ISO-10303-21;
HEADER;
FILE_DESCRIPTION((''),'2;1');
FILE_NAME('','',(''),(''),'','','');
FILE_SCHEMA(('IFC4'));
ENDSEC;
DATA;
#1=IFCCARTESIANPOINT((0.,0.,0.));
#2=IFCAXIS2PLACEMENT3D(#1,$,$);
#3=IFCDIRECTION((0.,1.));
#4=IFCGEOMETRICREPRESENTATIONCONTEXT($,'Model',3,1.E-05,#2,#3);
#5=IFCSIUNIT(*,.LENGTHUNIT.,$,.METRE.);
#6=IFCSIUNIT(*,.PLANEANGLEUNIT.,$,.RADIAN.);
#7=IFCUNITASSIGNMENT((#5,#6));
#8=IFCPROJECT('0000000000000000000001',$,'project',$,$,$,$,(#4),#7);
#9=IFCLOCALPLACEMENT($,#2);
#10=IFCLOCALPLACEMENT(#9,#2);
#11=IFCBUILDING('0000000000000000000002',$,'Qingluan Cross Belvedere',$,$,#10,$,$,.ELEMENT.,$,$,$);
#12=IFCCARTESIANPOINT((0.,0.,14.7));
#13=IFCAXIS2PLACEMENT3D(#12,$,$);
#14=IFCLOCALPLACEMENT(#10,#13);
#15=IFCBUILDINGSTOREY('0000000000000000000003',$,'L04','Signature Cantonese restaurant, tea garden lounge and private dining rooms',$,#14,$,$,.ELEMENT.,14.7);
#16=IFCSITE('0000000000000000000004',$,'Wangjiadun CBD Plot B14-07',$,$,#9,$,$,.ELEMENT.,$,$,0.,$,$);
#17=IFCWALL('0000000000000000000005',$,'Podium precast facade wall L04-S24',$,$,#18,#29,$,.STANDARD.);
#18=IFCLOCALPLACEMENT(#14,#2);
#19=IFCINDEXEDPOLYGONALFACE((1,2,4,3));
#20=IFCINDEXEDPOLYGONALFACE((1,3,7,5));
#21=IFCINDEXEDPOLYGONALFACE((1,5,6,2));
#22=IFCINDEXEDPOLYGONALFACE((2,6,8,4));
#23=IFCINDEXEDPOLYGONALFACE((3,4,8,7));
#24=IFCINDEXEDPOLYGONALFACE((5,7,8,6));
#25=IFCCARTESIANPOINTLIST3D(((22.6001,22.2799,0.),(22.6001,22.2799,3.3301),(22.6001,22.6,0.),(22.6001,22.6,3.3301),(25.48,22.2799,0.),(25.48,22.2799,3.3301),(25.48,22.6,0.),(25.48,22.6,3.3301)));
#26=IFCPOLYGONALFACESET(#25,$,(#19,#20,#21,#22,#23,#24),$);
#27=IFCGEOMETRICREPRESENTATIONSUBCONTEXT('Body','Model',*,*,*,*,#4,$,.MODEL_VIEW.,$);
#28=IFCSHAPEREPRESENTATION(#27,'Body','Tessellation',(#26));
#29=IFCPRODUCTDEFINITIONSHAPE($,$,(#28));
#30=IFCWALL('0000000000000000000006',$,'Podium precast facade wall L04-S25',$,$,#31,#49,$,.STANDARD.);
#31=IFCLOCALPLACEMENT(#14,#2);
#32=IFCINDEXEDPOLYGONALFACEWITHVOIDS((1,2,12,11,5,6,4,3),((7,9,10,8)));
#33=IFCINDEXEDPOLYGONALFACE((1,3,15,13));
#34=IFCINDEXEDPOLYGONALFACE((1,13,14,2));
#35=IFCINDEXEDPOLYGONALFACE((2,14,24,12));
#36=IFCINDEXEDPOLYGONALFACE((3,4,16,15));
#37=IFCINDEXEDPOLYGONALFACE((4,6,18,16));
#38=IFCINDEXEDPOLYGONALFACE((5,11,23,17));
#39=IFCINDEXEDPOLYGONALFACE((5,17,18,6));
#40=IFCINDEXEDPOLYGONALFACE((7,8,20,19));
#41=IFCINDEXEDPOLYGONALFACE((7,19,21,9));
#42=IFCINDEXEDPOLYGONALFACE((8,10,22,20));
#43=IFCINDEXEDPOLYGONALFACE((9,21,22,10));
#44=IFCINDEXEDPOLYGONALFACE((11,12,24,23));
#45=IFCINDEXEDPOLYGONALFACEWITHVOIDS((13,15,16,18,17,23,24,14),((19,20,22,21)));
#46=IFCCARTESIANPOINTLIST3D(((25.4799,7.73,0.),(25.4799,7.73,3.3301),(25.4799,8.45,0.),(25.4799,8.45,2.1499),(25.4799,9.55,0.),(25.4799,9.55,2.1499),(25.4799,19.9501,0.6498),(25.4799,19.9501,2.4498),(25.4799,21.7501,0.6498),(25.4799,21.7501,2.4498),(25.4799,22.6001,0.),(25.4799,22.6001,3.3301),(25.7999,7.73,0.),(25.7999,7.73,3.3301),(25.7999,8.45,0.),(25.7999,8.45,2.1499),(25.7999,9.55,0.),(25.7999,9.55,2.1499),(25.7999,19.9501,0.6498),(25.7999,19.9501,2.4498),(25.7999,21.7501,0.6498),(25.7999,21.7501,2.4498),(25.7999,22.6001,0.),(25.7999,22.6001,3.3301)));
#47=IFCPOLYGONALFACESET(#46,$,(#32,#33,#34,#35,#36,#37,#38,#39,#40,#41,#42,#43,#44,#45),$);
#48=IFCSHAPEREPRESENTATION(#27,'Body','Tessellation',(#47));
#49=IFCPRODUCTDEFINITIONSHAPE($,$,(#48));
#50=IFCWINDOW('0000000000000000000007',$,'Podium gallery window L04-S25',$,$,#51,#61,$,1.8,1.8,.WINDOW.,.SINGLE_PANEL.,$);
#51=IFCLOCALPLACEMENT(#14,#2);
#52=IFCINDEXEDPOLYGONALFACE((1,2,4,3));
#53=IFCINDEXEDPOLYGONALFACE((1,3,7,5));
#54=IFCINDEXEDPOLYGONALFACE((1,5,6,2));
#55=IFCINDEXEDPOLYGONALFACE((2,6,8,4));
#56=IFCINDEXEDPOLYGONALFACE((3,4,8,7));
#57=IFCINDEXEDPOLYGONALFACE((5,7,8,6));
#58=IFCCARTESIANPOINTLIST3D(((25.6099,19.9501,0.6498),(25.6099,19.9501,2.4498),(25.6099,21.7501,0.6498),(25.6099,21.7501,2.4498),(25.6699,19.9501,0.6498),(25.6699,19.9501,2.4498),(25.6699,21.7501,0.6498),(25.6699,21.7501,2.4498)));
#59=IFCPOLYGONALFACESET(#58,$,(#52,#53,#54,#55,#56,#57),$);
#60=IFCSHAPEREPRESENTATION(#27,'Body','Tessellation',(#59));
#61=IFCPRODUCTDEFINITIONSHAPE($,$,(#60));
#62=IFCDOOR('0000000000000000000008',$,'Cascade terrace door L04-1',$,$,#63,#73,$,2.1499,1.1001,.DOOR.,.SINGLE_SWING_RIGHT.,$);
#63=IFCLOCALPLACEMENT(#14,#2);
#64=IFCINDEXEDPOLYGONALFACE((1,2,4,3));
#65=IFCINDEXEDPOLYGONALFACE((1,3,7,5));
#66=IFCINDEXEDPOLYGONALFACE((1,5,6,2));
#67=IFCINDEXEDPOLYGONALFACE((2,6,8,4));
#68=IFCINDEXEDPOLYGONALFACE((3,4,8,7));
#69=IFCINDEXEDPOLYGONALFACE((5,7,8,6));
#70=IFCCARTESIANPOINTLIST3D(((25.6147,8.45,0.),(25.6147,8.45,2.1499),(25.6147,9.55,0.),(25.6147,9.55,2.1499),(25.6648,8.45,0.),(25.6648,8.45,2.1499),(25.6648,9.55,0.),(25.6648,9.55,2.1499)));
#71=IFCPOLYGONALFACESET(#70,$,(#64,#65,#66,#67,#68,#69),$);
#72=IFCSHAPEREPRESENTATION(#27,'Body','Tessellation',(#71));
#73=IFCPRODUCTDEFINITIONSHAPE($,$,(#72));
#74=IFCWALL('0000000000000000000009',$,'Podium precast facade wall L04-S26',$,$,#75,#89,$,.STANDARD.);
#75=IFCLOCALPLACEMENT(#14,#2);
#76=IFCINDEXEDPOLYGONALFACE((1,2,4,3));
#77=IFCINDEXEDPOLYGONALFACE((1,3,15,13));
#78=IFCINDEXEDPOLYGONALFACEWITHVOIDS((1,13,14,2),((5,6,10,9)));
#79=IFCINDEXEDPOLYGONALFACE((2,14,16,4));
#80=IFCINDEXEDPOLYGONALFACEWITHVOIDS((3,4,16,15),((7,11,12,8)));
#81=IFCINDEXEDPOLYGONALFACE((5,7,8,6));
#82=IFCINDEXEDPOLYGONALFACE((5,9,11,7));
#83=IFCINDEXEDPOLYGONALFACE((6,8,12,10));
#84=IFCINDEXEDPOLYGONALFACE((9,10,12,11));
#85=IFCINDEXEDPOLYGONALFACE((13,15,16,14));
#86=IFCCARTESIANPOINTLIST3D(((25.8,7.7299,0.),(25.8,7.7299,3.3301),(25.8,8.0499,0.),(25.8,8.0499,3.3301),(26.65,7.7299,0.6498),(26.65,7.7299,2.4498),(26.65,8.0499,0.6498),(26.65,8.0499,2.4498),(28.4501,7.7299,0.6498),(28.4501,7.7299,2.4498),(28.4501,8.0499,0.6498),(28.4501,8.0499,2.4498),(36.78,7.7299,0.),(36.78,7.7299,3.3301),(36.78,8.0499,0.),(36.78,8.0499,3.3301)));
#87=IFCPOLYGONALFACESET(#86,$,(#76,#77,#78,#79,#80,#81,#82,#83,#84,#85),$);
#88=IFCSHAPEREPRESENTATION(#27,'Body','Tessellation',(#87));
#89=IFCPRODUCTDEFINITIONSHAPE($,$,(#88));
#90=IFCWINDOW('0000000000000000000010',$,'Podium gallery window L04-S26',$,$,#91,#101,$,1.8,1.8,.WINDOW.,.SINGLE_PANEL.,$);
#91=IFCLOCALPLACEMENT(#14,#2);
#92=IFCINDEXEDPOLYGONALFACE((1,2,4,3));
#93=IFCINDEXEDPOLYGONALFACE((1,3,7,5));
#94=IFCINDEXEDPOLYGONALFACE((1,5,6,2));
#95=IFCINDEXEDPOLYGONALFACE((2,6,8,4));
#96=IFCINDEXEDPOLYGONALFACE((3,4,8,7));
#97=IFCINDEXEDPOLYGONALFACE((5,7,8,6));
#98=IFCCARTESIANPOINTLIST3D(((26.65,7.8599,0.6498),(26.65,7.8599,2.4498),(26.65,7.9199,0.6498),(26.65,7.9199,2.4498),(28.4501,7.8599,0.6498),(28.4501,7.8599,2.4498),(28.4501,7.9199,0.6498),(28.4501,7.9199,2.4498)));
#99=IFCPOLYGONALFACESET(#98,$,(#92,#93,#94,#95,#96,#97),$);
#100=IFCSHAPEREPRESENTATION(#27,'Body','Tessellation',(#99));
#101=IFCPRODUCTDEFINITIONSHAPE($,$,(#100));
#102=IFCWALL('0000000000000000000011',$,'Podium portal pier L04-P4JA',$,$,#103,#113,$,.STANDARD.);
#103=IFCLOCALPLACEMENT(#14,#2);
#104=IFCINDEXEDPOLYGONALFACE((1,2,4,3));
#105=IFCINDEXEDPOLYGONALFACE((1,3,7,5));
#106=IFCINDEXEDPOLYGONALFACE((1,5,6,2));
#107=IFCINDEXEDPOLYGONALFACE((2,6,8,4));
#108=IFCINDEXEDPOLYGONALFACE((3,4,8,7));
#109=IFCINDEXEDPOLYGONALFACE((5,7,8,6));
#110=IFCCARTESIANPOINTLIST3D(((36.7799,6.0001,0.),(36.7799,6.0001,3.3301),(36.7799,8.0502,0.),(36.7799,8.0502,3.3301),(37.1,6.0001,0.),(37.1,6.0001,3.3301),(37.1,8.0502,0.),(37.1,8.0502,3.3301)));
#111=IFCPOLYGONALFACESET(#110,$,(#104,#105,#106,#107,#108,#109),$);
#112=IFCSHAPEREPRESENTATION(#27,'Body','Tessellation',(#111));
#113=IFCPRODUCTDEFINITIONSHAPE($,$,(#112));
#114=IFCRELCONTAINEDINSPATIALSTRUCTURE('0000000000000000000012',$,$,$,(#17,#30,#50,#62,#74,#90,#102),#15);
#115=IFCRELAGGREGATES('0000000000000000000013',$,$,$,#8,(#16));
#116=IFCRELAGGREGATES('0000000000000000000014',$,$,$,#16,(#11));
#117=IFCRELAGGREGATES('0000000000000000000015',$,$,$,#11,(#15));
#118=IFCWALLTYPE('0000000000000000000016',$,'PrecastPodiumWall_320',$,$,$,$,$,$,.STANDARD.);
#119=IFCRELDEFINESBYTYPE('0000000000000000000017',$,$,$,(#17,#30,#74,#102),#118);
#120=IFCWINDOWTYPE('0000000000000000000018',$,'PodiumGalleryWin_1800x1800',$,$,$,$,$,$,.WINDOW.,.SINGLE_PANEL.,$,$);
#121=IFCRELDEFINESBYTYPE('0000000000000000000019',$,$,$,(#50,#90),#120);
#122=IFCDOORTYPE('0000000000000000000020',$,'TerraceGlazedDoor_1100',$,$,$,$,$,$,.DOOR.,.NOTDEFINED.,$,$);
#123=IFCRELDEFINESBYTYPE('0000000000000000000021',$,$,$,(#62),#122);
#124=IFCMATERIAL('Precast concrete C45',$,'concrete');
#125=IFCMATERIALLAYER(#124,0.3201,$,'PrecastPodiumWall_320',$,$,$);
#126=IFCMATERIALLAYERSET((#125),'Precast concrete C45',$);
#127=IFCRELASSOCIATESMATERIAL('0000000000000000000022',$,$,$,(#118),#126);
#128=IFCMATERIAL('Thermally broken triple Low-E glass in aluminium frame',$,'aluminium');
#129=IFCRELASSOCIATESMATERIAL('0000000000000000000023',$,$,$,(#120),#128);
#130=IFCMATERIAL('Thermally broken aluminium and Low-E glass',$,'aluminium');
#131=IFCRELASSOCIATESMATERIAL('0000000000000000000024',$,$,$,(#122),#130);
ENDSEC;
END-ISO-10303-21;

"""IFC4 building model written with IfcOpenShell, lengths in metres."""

from ifc_helpers import new_model, si_unit, direction, frame, frame_2d, origin, place, context, subcontext, project, spatial, rectangle, extrude, material, layer, layer_set, type_object, element, fill, save


model = new_model("IFC4")

# Units and contexts
model_context = context("Model", 3, precision=1e-05, world=origin(), true_north=direction((0.0, 1.0)))
body_context = subcontext(model_context, "Body", "Model", "MODEL_VIEW")
ifc_project = project(units=[si_unit("LENGTHUNIT", "METRE"), si_unit("PLANEANGLEUNIT", "RADIAN")], contexts=[model_context])

# Site, building, storey
site_placement = place(None, origin())
site = spatial("IfcSite", under=ifc_project, at=site_placement, Name="Wangjiadun CBD Plot B14-07", CompositionType="ELEMENT", RefElevation=0.0)
building_placement = place(site_placement, origin())
building = spatial("IfcBuilding", under=site, at=building_placement, Name="Qingluan Cross Belvedere", CompositionType="ELEMENT")
storey_placement = place(building_placement, frame((0.0, 0.0, 14.7)))
storey = spatial("IfcBuildingStorey", under=building, at=storey_placement, Name="L04", Description="Signature Cantonese restaurant, tea garden lounge and private dining rooms", CompositionType="ELEMENT", Elevation=14.7)

# Shared definitions
ifc_material_1 = material(Name="Precast concrete C45", Category="concrete")
ifc_layer_1 = layer(ifc_material_1, 0.3201, Name="PrecastPodiumWall_320")
ifc_layer_set_1 = layer_set([ifc_layer_1], Name="Precast concrete C45")
wall_type_1 = type_object("IfcWallType", Name="PrecastPodiumWall_320", PredefinedType="STANDARD", material=ifc_layer_set_1)
ifc_material_2 = material(Name="Thermally broken triple Low-E glass in aluminium frame", Category="aluminium")
window_type = type_object("IfcWindowType", Name="PodiumGalleryWin_1800x1800", PartitioningType="SINGLE_PANEL", PredefinedType="WINDOW", material=ifc_material_2)

# Wall
wall_1_placement = place(storey_placement, frame((22.6001, 22.4399, 0.0), z_axis=(0.0, 0.0, 1.0), x_axis=(1.0, 0.0, 0.0)))
element("IfcWall", 1, at=wall_1_placement, inside=storey, type_object=wall_type_1, Name="Podium precast facade wall L04-S24", PredefinedType="STANDARD", context=body_context, shape_type="SweptSolid", body=[
    extrude(rectangle(XDim=2.8799, YDim=0.3201, at=frame_2d((1.4399, 0.0))), origin(), (0.0, 0.0, 1.0), 3.3301),
])

# Wall, openings, window, door
wall_2_placement = place(storey_placement, frame((25.6399, 22.6001, 0.0), z_axis=(0.0, 0.0, 1.0), x_axis=(0.0, -1.0, 0.0)))
wall_2 = element("IfcWall", 2, at=wall_2_placement, inside=storey, type_object=wall_type_1, Name="Podium precast facade wall L04-S25", PredefinedType="STANDARD", context=body_context, shape_type="SweptSolid", body=[
    extrude(rectangle(XDim=14.8701, YDim=0.3201, at=frame_2d((7.4351, 0.0))), origin(), (0.0, 0.0, 1.0), 3.3301),
])
opening_1_placement = place(wall_2_placement, frame((0.8501, 0.0, 0.6499)))
opening_1 = element("IfcOpeningElement", 3, at=opening_1_placement, cuts=wall_2, PredefinedType="OPENING", context=body_context, shape_type="SweptSolid", body=[
    extrude(rectangle(XDim=1.8, YDim=1.8, at=frame_2d((0.8999, 0.8999))), frame((0.0, 0.1699, 0.0), z_axis=(0.0, -1.0, 0.0), x_axis=(1.0, 0.0, 0.0)), (0.0, 0.0, 1.0), 0.3401),
])
opening_2_placement = place(wall_2_placement, frame((13.05, 0.0, 0.0)))
opening_2 = element("IfcOpeningElement", 4, at=opening_2_placement, cuts=wall_2, PredefinedType="OPENING", context=body_context, shape_type="SweptSolid", body=[
    extrude(rectangle(XDim=1.1001, YDim=2.1499, at=frame_2d((0.55, 1.075))), frame((0.0, 0.1699, 0.0), z_axis=(0.0, -1.0, 0.0), x_axis=(1.0, 0.0, 0.0)), (0.0, 0.0, 1.0), 0.3401),
])
window_1_placement = place(opening_1_placement, origin())
window_1 = element("IfcWindow", 5, at=window_1_placement, inside=storey, type_object=window_type, Name="Podium gallery window L04-S25", OverallHeight=1.8, OverallWidth=1.8, PartitioningType="SINGLE_PANEL", PredefinedType="WINDOW", context=body_context, shape_type="SweptSolid", body=[
    extrude(rectangle(XDim=1.8, YDim=1.8, at=frame_2d((0.8999, 0.8999))), frame((0.0, 0.03, 0.0), z_axis=(0.0, -1.0, 0.0), x_axis=(1.0, 0.0, 0.0)), (0.0, 0.0, 1.0), 0.0601),
])
fill(opening_1, window_1)
ifc_material_3 = material(Name="Thermally broken aluminium and Low-E glass", Category="aluminium")
door_type_1 = type_object("IfcDoorType", Name="TerraceGlazedDoor_1100", OperationType="NOTDEFINED", PredefinedType="DOOR", material=ifc_material_3)
door_1_placement = place(opening_2_placement, origin())
door_1 = element("IfcDoor", 6, at=door_1_placement, inside=storey, type_object=door_type_1, Name="Cascade terrace door L04-1", OperationType="SINGLE_SWING_RIGHT", OverallHeight=2.1499, OverallWidth=1.1001, PredefinedType="DOOR", context=body_context, shape_type="SweptSolid", body=[
    extrude(rectangle(XDim=1.1001, YDim=2.1499, at=frame_2d((0.55, 1.075))), frame((0.0, 0.0249, 0.0), z_axis=(0.0, -1.0, 0.0), x_axis=(1.0, 0.0, 0.0)), (0.0, 0.0, 1.0), 0.05),
])
fill(opening_2, door_1)

# Wall, opening, window
wall_3_placement = place(storey_placement, frame((25.8, 7.8899, 0.0), z_axis=(0.0, 0.0, 1.0), x_axis=(1.0, 0.0, 0.0)))
wall_3 = element("IfcWall", 7, at=wall_3_placement, inside=storey, type_object=wall_type_1, Name="Podium precast facade wall L04-S26", PredefinedType="STANDARD", context=body_context, shape_type="SweptSolid", body=[
    extrude(rectangle(XDim=10.98, YDim=0.3201, at=frame_2d((5.49, 0.0))), origin(), (0.0, 0.0, 1.0), 3.3301),
])
opening_3_placement = place(wall_3_placement, frame((0.8501, 0.0, 0.6499)))
opening_3 = element("IfcOpeningElement", 8, at=opening_3_placement, cuts=wall_3, PredefinedType="OPENING", context=body_context, shape_type="SweptSolid", body=[
    extrude(rectangle(XDim=1.8, YDim=1.8, at=frame_2d((0.8999, 0.8999))), frame((0.0, 0.1699, 0.0), z_axis=(0.0, -1.0, 0.0), x_axis=(1.0, 0.0, 0.0)), (0.0, 0.0, 1.0), 0.3401),
])
window_2_placement = place(opening_3_placement, origin())
window_2 = element("IfcWindow", 9, at=window_2_placement, inside=storey, type_object=window_type, Name="Podium gallery window L04-S26", OverallHeight=1.8, OverallWidth=1.8, PartitioningType="SINGLE_PANEL", PredefinedType="WINDOW", context=body_context, shape_type="SweptSolid", body=[
    extrude(rectangle(XDim=1.8, YDim=1.8, at=frame_2d((0.8999, 0.8999))), frame((0.0, 0.03, 0.0), z_axis=(0.0, -1.0, 0.0), x_axis=(1.0, 0.0, 0.0)), (0.0, 0.0, 1.0), 0.0601),
])
fill(opening_3, window_2)

# Wall
wall_4_placement = place(storey_placement, frame((36.9399, 8.05, 0.0), z_axis=(0.0, 0.0, 1.0), x_axis=(0.0, -1.0, 0.0)))
element("IfcWall", 10, at=wall_4_placement, inside=storey, type_object=wall_type_1, Name="Podium portal pier L04-P4JA", PredefinedType="STANDARD", context=body_context, shape_type="SweptSolid", body=[
    extrude(rectangle(XDim=2.05, YDim=0.3201, at=frame_2d((1.0249, 0.0))), origin(), (0.0, 0.0, 1.0), 3.3301),
])

save(model, "model.ifc")
